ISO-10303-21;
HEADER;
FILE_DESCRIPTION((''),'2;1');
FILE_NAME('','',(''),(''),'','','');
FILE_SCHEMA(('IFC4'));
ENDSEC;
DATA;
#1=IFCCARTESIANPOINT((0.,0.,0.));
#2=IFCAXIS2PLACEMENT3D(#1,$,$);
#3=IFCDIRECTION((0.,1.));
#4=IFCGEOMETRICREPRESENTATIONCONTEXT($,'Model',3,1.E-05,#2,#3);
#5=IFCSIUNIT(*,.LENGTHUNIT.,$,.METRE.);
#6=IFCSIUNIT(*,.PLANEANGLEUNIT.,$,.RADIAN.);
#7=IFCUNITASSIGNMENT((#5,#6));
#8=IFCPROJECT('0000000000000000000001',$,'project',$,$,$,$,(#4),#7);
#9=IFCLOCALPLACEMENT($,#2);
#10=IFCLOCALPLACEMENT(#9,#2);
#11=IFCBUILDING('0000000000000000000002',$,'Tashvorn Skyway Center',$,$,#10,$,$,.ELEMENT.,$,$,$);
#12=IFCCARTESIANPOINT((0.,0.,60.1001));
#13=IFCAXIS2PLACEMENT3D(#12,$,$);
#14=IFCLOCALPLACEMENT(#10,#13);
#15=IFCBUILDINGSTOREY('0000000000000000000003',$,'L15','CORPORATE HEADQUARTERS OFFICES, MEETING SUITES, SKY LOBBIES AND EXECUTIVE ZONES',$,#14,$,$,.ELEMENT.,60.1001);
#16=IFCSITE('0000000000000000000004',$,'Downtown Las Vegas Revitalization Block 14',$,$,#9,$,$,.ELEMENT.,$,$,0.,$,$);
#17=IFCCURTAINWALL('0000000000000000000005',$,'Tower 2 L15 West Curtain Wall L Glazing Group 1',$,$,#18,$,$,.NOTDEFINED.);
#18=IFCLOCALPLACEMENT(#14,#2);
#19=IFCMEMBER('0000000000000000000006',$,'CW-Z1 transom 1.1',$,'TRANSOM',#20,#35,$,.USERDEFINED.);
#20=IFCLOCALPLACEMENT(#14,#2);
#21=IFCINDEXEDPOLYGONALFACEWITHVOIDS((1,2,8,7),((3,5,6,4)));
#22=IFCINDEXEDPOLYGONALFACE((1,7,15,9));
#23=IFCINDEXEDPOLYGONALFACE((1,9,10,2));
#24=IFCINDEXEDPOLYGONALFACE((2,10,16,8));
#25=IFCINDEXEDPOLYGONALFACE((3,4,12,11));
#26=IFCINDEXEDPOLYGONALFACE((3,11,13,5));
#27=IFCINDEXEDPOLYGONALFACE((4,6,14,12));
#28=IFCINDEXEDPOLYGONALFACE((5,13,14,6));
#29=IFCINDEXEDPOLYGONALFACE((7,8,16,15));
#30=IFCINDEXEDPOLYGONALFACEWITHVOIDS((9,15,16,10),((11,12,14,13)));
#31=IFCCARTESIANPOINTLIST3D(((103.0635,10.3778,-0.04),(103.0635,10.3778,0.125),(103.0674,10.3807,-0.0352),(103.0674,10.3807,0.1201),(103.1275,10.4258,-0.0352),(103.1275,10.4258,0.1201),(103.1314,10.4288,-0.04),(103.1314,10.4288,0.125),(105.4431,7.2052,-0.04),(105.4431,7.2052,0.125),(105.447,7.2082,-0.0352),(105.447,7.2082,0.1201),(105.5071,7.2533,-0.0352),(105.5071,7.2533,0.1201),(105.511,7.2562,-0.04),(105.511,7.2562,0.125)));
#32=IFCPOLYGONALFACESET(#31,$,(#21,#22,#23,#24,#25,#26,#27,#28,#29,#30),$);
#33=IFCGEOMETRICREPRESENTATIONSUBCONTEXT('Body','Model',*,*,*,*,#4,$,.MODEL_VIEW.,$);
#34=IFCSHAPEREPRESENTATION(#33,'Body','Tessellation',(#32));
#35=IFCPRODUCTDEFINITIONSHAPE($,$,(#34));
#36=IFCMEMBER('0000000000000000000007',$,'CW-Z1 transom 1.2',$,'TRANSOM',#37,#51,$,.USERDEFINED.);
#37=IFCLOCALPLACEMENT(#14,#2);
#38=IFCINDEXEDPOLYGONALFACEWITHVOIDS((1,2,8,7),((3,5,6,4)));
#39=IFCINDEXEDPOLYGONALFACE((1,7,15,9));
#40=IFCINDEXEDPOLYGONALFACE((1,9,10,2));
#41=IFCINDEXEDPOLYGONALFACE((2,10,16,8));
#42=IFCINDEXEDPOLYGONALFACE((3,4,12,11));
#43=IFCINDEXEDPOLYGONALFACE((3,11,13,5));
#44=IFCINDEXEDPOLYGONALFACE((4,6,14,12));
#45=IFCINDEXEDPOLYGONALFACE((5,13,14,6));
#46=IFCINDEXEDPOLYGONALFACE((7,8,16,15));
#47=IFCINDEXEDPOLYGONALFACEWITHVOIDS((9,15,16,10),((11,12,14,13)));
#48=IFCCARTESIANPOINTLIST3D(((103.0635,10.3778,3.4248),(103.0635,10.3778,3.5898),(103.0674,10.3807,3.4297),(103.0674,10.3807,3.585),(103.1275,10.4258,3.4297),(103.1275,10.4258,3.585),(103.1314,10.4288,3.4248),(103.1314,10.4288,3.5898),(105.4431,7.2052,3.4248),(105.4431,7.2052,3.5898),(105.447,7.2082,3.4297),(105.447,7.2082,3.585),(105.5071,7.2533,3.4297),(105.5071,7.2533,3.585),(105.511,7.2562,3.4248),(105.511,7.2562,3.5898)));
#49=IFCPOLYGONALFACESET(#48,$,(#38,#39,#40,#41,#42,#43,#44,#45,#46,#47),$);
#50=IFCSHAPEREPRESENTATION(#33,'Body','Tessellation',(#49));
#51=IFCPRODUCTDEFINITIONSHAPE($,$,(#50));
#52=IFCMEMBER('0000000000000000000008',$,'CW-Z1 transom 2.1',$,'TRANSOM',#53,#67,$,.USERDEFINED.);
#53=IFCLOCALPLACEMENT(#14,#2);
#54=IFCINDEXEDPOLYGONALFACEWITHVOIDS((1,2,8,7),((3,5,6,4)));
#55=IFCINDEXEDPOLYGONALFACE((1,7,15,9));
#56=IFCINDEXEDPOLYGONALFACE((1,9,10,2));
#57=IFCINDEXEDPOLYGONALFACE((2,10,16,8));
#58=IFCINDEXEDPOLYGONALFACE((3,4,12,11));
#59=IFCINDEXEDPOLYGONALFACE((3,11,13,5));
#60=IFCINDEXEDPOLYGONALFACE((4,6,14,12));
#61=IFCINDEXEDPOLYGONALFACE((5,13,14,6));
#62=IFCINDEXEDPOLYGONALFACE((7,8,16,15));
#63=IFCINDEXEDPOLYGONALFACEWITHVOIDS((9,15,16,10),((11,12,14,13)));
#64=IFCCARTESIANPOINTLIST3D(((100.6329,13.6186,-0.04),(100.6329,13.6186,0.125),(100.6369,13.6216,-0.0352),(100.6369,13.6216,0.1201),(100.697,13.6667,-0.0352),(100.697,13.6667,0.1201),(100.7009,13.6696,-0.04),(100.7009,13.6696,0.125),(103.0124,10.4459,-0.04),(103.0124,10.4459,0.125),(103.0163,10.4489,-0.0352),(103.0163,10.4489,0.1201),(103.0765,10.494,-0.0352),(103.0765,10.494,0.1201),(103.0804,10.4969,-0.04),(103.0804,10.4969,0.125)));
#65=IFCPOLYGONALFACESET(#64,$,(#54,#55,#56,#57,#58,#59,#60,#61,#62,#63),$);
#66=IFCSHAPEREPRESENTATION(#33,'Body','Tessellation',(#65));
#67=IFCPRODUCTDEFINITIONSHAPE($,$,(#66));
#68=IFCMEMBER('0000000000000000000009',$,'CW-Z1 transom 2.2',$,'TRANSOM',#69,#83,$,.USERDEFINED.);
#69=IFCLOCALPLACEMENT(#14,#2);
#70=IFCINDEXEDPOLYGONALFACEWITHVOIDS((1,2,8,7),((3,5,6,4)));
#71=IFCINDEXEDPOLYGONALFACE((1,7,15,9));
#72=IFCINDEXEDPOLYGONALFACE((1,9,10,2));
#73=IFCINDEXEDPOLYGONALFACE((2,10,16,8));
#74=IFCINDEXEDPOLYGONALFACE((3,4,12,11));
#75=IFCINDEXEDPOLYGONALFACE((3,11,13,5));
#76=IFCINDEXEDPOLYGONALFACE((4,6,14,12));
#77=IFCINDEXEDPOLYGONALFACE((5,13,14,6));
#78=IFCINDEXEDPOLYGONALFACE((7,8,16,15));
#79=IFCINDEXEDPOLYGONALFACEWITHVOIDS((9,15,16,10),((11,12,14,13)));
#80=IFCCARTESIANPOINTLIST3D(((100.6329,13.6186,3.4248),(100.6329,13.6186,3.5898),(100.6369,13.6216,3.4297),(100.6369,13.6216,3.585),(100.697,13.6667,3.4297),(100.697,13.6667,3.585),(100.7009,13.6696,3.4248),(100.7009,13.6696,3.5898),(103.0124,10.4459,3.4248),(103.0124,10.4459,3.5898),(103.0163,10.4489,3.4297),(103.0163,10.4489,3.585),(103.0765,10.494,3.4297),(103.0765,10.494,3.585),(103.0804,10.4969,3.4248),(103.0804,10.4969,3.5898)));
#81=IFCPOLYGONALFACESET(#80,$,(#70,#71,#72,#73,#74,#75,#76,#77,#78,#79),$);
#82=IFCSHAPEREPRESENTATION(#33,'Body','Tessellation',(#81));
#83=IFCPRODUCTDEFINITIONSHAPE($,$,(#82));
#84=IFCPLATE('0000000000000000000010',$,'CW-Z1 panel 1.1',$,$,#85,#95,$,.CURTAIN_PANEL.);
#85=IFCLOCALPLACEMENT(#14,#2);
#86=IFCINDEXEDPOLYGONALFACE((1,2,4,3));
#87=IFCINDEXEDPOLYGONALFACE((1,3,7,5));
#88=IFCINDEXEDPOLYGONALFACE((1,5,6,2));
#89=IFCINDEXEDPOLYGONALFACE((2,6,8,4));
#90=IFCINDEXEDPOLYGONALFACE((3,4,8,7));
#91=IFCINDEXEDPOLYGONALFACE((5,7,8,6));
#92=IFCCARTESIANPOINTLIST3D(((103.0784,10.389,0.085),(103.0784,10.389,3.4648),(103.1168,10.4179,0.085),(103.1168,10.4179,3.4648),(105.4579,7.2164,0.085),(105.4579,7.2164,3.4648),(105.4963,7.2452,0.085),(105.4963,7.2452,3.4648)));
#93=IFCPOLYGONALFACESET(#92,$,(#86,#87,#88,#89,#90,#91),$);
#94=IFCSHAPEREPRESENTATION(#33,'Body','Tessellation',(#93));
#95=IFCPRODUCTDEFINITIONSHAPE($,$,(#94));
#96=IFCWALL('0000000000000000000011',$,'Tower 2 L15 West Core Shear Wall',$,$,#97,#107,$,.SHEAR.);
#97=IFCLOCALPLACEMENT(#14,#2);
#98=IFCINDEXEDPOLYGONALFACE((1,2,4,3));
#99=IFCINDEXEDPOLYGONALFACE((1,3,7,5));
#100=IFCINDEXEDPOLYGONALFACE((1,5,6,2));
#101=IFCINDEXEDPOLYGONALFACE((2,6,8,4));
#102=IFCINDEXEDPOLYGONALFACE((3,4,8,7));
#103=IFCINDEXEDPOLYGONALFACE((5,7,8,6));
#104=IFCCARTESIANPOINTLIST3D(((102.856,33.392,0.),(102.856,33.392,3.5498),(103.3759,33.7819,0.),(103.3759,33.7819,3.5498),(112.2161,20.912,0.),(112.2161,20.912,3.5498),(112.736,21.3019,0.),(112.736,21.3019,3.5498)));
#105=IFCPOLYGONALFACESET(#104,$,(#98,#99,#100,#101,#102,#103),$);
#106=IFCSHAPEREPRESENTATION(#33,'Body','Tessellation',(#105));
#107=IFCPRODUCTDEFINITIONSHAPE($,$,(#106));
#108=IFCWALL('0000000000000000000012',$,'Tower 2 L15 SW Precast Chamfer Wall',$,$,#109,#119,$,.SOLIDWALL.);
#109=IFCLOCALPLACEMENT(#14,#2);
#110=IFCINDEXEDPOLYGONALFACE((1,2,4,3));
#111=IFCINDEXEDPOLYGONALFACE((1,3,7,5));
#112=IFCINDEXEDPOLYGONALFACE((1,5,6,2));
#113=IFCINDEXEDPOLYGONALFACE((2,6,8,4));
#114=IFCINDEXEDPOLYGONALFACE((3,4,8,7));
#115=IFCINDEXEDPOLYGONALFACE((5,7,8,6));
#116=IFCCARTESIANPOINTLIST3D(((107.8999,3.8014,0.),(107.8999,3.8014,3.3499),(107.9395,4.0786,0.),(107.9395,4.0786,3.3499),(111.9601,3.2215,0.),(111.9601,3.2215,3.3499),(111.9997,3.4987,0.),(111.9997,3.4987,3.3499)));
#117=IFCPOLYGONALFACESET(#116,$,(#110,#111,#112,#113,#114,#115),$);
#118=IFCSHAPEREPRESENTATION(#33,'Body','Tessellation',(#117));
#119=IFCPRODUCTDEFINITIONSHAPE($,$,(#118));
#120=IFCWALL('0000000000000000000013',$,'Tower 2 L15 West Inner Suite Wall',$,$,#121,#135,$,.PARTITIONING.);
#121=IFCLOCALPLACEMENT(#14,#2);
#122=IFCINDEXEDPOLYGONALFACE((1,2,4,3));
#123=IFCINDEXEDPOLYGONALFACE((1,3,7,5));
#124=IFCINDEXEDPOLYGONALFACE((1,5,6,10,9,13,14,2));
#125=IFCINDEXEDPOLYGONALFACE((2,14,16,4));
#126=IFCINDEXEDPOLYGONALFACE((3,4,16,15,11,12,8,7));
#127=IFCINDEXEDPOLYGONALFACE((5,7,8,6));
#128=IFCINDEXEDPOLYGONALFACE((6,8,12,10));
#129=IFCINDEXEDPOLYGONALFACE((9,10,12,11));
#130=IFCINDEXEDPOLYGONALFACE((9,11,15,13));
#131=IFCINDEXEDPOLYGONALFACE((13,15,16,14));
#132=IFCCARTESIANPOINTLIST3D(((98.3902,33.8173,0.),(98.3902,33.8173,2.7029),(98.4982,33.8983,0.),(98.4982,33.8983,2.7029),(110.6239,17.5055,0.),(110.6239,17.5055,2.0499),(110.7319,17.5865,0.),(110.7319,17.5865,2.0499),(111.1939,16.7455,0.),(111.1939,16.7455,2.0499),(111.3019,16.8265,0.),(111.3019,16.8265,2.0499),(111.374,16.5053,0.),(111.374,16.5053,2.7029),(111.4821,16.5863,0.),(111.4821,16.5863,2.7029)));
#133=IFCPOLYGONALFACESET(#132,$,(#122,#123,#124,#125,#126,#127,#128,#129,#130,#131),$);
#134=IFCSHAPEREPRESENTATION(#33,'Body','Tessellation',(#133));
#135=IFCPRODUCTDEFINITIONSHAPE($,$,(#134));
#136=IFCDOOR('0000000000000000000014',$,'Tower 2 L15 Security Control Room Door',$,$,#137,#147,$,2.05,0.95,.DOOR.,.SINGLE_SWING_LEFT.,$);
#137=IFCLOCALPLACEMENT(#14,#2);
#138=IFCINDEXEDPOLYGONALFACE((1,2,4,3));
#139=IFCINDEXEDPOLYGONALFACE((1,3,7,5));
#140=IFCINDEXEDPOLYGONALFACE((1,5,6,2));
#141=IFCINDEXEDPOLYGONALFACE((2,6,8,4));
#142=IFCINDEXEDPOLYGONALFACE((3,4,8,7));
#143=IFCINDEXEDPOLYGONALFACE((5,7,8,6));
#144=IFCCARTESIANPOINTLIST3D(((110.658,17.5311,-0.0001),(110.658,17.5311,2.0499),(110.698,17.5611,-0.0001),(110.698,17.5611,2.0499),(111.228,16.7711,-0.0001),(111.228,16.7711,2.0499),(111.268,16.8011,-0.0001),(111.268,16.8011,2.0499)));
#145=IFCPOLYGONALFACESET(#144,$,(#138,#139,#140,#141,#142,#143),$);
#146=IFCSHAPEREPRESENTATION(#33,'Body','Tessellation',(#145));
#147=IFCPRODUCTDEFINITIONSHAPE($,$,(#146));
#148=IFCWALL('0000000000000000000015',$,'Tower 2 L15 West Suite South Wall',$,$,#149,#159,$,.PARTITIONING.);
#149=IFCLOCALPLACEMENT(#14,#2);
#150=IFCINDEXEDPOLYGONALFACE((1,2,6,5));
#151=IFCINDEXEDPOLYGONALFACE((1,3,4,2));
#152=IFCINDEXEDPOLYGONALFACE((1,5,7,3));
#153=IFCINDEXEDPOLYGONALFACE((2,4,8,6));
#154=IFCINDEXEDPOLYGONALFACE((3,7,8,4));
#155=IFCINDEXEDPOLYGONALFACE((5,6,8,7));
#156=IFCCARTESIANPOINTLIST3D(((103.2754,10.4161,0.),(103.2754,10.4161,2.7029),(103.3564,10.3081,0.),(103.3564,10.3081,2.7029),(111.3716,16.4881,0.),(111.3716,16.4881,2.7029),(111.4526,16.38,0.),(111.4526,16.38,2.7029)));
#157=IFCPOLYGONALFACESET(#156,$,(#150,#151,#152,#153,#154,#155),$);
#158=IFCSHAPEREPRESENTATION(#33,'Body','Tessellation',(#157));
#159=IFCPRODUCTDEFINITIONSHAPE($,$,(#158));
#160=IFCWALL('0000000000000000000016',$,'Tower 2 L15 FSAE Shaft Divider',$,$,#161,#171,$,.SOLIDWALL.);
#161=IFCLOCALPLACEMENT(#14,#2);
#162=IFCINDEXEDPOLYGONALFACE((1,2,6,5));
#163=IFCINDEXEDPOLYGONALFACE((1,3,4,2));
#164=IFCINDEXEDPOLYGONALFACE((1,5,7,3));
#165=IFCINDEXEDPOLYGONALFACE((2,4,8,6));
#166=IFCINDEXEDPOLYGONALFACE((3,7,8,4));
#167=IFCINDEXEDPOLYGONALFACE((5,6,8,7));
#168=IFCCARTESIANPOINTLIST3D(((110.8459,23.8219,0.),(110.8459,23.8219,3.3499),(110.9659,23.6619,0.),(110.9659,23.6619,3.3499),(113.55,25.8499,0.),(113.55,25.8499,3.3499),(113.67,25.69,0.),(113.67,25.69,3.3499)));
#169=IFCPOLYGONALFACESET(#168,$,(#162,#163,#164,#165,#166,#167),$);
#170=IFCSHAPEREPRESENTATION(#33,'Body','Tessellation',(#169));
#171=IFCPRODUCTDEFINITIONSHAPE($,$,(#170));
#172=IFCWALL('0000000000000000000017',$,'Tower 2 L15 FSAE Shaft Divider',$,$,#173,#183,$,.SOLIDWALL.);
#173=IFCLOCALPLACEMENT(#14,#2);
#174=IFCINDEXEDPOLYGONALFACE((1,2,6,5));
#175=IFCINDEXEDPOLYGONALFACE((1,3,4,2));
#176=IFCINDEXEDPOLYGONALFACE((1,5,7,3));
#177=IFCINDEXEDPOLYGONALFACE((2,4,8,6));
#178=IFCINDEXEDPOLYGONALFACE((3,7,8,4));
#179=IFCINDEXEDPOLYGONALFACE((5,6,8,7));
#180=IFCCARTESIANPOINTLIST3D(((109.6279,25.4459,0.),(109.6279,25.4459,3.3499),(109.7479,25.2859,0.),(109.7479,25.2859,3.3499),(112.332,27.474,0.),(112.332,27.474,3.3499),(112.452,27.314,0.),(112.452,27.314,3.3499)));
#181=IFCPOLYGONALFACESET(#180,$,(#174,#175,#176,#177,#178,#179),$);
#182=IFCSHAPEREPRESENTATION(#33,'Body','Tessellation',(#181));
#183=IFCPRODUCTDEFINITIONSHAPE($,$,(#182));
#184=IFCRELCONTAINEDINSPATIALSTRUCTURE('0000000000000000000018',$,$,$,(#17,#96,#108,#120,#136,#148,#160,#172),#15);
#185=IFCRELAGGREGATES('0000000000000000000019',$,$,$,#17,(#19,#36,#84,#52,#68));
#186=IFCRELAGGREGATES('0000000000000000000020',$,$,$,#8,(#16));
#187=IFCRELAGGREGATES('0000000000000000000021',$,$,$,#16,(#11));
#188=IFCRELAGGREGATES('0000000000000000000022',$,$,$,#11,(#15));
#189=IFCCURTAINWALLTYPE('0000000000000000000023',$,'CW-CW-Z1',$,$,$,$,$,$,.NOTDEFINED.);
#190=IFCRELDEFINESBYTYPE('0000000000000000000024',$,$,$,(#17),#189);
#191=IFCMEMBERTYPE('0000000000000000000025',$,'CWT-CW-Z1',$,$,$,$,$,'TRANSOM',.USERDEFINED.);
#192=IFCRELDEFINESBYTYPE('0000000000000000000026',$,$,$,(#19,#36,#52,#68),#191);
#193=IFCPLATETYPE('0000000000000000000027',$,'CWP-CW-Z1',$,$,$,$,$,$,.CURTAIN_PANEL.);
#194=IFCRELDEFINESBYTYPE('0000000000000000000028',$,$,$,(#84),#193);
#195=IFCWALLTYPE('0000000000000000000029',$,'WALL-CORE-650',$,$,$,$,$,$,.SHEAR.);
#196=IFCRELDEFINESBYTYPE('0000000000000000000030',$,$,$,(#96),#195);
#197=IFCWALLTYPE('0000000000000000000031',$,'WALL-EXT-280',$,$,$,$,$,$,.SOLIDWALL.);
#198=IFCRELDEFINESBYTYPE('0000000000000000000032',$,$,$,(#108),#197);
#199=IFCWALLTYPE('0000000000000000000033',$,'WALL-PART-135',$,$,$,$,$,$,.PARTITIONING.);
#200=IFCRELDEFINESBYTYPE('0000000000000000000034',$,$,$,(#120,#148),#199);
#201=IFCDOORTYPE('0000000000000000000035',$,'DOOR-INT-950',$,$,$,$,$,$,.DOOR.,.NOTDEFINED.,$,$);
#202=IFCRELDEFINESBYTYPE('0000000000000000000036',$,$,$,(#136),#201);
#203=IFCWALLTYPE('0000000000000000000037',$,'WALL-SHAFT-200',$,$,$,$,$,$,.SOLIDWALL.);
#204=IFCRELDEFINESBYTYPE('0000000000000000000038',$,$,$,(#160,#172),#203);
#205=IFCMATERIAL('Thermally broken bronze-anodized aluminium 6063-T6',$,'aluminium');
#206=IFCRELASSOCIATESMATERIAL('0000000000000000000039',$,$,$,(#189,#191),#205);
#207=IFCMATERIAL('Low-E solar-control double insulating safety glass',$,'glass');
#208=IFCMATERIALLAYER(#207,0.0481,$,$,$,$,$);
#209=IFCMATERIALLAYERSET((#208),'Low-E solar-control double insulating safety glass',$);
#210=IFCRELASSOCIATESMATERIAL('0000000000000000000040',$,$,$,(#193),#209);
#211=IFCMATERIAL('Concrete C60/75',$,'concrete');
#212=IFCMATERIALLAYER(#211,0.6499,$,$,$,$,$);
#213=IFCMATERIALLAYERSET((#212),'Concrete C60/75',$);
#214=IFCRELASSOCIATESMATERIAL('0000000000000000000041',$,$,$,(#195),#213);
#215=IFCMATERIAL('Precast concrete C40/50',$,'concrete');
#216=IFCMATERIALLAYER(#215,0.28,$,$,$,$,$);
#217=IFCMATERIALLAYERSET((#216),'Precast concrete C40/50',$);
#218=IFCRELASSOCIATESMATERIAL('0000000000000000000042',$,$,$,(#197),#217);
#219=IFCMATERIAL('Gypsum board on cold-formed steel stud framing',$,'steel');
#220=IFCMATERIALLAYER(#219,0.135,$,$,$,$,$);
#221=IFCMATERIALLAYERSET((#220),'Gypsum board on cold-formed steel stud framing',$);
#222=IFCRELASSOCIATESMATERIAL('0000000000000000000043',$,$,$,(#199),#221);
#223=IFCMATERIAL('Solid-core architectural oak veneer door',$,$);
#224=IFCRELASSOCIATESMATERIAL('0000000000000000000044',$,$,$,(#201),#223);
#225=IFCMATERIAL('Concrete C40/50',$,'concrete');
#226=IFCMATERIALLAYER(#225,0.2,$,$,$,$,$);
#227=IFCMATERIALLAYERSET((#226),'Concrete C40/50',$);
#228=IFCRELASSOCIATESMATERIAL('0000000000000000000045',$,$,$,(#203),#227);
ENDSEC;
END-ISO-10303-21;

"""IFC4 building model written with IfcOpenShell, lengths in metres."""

from ifc_helpers import new_model, si_unit, direction, frame, frame_2d, origin, origin_2d, place, context, subcontext, project, spatial, rectangle, hollow_rectangle, extrude, material, layer, layer_set, material_profile, profile_set, type_object, element, fill, aggregate, save


model = new_model("IFC4")

# Units and contexts
model_context = context("Model", 3, precision=1e-05, world=origin(), true_north=direction((0.0, 1.0)))
body_context = subcontext(model_context, "Body", "Model", "MODEL_VIEW")
ifc_project = project(units=[si_unit("LENGTHUNIT", "METRE"), si_unit("PLANEANGLEUNIT", "RADIAN")], contexts=[model_context])

# Site, building, storey
site_placement = place(None, origin())
site = spatial("IfcSite", under=ifc_project, at=site_placement, Name="Downtown Las Vegas Revitalization Block 14", CompositionType="ELEMENT", RefElevation=0.0)
building_placement = place(site_placement, origin())
building = spatial("IfcBuilding", under=site, at=building_placement, Name="Tashvorn Skyway Center", CompositionType="ELEMENT")
storey_placement = place(building_placement, frame((0.0, 0.0, 60.1001)))
storey = spatial("IfcBuildingStorey", under=building, at=storey_placement, Name="L15", Description="CORPORATE HEADQUARTERS OFFICES, MEETING SUITES, SKY LOBBIES AND EXECUTIVE ZONES", CompositionType="ELEMENT", Elevation=60.1001)

# Shared definitions
ifc_material_1 = material(Name="Concrete C60/75", Category="concrete")

# Curtain wall, members, plate
ifc_material_2 = material(Name="Thermally broken bronze-anodized aluminium 6063-T6", Category="aluminium")
curtain_wall_type = type_object("IfcCurtainWallType", Name="CW-CW-Z1", PredefinedType="NOTDEFINED", material=ifc_material_2)
curtain_wall_placement = place(storey_placement, origin())
curtain_wall = element("IfcCurtainWall", 1, at=curtain_wall_placement, inside=storey, type_object=curtain_wall_type, Name="Tower 2 L15 West Curtain Wall L Glazing Group 1", PredefinedType="NOTDEFINED")
ifc_material_profile_1 = material_profile(ifc_material_2, hollow_rectangle(XDim=0.085, YDim=0.165, WallThickness=0.0049, at=origin_2d()), Name="ALU-TRAN-85x165")
ifc_profile_set_1 = profile_set([ifc_material_profile_1], Name="Thermally broken bronze-anodized aluminium 6063-T6")
member_type_1 = type_object("IfcMemberType", Name="CWT-CW-Z1", ElementType="TRANSOM", PredefinedType="USERDEFINED", material=ifc_profile_set_1)
member_1_placement = place(storey_placement, frame((105.4771, 7.2307, 0.0425), z_axis=(-0.60003, 0.799978, 0.0), x_axis=(-0.799978, -0.60003, 0.0)))
member_1 = element("IfcMember", 2, at=member_1_placement, type_object=member_type_1, Name="CW-Z1 transom 1.1", ObjectType="TRANSOM", PredefinedType="USERDEFINED", context=body_context, shape_type="SweptSolid", body=[
    extrude(hollow_rectangle(XDim=0.085, YDim=0.165, WallThickness=0.0049, at=origin_2d()), origin(), (0.0, 0.0, 1.0), 3.9658),
])
member_2_placement = place(storey_placement, frame((105.4771, 7.2307, 3.5073), z_axis=(-0.60003, 0.799978, 0.0), x_axis=(-0.799978, -0.60003, 0.0)))
member_2 = element("IfcMember", 3, at=member_2_placement, type_object=member_type_1, Name="CW-Z1 transom 1.2", ObjectType="TRANSOM", PredefinedType="USERDEFINED", context=body_context, shape_type="SweptSolid", body=[
    extrude(hollow_rectangle(XDim=0.085, YDim=0.165, WallThickness=0.0049, at=origin_2d()), origin(), (0.0, 0.0, 1.0), 3.9658),
])
member_3_placement = place(storey_placement, frame((103.0464, 10.4714, 0.0425), z_axis=(-0.59999, 0.800007, 0.0), x_axis=(-0.800007, -0.59999, 0.0)))
member_3 = element("IfcMember", 4, at=member_3_placement, type_object=member_type_1, Name="CW-Z1 transom 2.1", ObjectType="TRANSOM", PredefinedType="USERDEFINED", context=body_context, shape_type="SweptSolid", body=[
    extrude(hollow_rectangle(XDim=0.085, YDim=0.165, WallThickness=0.0049, at=origin_2d()), origin(), (0.0, 0.0, 1.0), 3.9658),
])
member_4_placement = place(storey_placement, frame((103.0464, 10.4714, 3.5073), z_axis=(-0.59999, 0.800007, 0.0), x_axis=(-0.800007, -0.59999, 0.0)))
member_4 = element("IfcMember", 5, at=member_4_placement, type_object=member_type_1, Name="CW-Z1 transom 2.2", ObjectType="TRANSOM", PredefinedType="USERDEFINED", context=body_context, shape_type="SweptSolid", body=[
    extrude(hollow_rectangle(XDim=0.085, YDim=0.165, WallThickness=0.0049, at=origin_2d()), origin(), (0.0, 0.0, 1.0), 3.9658),
])
ifc_material_3 = material(Name="Low-E solar-control double insulating safety glass", Category="glass")
ifc_layer_1 = layer(ifc_material_3, 0.0481)
ifc_layer_set_1 = layer_set([ifc_layer_1], Name="Low-E solar-control double insulating safety glass")
plate_type = type_object("IfcPlateType", Name="CWP-CW-Z1", PredefinedType="CURTAIN_PANEL", material=ifc_layer_set_1)
plate_placement = place(storey_placement, frame((104.2874, 8.8171, 0.085), z_axis=(0.0, 0.0, 1.0), x_axis=(-0.600002, 0.799999, 0.0)))
plate = element("IfcPlate", 6, at=plate_placement, type_object=plate_type, Name="CW-Z1 panel 1.1", PredefinedType="CURTAIN_PANEL", context=body_context, shape_type="SweptSolid", body=[
    extrude(rectangle(XDim=3.9658, YDim=0.0481, at=origin_2d()), origin(), (0.0, 0.0, 1.0), 3.3799),
])
aggregate(curtain_wall, [member_1, member_2, plate, member_3, member_4])

# Walls
ifc_layer_2 = layer(ifc_material_1, 0.6499)
ifc_layer_set_2 = layer_set([ifc_layer_2], Name="Concrete C60/75")
wall_type_1 = type_object("IfcWallType", Name="WALL-CORE-650", PredefinedType="SHEAR", material=ifc_layer_set_2)
wall_1_placement = place(storey_placement, frame((112.4761, 21.1069, 0.0), z_axis=(0.0, 0.0, 1.0), x_axis=(-0.600005, 0.799996, 0.0)))
element("IfcWall", 7, at=wall_1_placement, inside=storey, type_object=wall_type_1, Name="Tower 2 L15 West Core Shear Wall", PredefinedType="SHEAR", context=body_context, shape_type="SweptSolid", body=[
    extrude(rectangle(XDim=15.6001, YDim=0.6499, at=frame_2d((7.8, 0.0))), origin(), (0.0, 0.0, 1.0), 3.5498),
])
ifc_material_4 = material(Name="Precast concrete C40/50", Category="concrete")
ifc_layer_3 = layer(ifc_material_4, 0.28)
ifc_layer_set_3 = layer_set([ifc_layer_3], Name="Precast concrete C40/50")
wall_type_2 = type_object("IfcWallType", Name="WALL-EXT-280", PredefinedType="SOLIDWALL", material=ifc_layer_set_3)
wall_2_placement = place(storey_placement, frame((111.98, 3.3601, 0.0), z_axis=(0.0, 0.0, 1.0), x_axis=(-0.989955, 0.14138, 0.0)))
element("IfcWall", 8, at=wall_2_placement, inside=storey, type_object=wall_type_2, Name="Tower 2 L15 SW Precast Chamfer Wall", PredefinedType="SOLIDWALL", context=body_context, shape_type="SweptSolid", body=[
    extrude(rectangle(XDim=4.1013, YDim=0.28, at=frame_2d((2.0508, 0.0))), origin(), (0.0, 0.0, 1.0), 3.3499),
])

# Wall, opening, door
ifc_material_5 = material(Name="Gypsum board on cold-formed steel stud framing", Category="steel")
ifc_layer_4 = layer(ifc_material_5, 0.135)
ifc_layer_set_4 = layer_set([ifc_layer_4], Name="Gypsum board on cold-formed steel stud framing")
wall_type_3 = type_object("IfcWallType", Name="WALL-PART-135", PredefinedType="PARTITIONING", material=ifc_layer_set_4)
wall_3_placement = place(storey_placement, frame((111.428, 16.5459, 0.0), z_axis=(0.0, 0.0, 1.0), x_axis=(-0.599996, 0.800003, 0.0)))
wall_3 = element("IfcWall", 9, at=wall_3_placement, inside=storey, type_object=wall_type_3, Name="Tower 2 L15 West Inner Suite Wall", PredefinedType="PARTITIONING", context=body_context, shape_type="SweptSolid", body=[
    extrude(rectangle(XDim=21.6399, YDim=0.135, at=frame_2d((10.8198, 0.0))), origin(), (0.0, 0.0, 1.0), 2.7029),
])
opening_1_placement = place(wall_3_placement, frame((0.3, 0.0, 0.0)))
opening_1 = element("IfcOpeningElement", 10, at=opening_1_placement, cuts=wall_3, PredefinedType="OPENING", context=body_context, shape_type="SweptSolid", body=[
    extrude(rectangle(XDim=0.95, YDim=2.05, at=frame_2d((0.4751, 1.0249))), frame((0.0, 0.0774, 0.0), z_axis=(0.0, -1.0, 0.0), x_axis=(1.0, 0.0, 0.0)), (0.0, 0.0, 1.0), 0.155),
])
ifc_material_6 = material(Name="Solid-core architectural oak veneer door")
door_type_1 = type_object("IfcDoorType", Name="DOOR-INT-950", OperationType="NOTDEFINED", PredefinedType="DOOR", material=ifc_material_6)
door_1_placement = place(opening_1_placement, origin())
door_1 = element("IfcDoor", 11, at=door_1_placement, inside=storey, type_object=door_type_1, Name="Tower 2 L15 Security Control Room Door", OperationType="SINGLE_SWING_LEFT", OverallHeight=2.05, OverallWidth=0.95, PredefinedType="DOOR", context=body_context, shape_type="SweptSolid", body=[
    extrude(rectangle(XDim=0.95, YDim=2.05, at=frame_2d((0.4751, 1.0249))), frame((0.0, 0.0249, 0.0), z_axis=(0.0, -1.0, 0.0), x_axis=(1.0, 0.0, 0.0)), (0.0, 0.0, 1.0), 0.05),
])
fill(opening_1, door_1)

# Walls
wall_4_placement = place(storey_placement, frame((103.3159, 10.3621, 0.0), z_axis=(0.0, 0.0, 1.0), x_axis=(0.800006, 0.599992, 0.0)))
element("IfcWall", 12, at=wall_4_placement, inside=storey, type_object=wall_type_3, Name="Tower 2 L15 West Suite South Wall", PredefinedType="PARTITIONING", context=body_context, shape_type="SweptSolid", body=[
    extrude(rectangle(XDim=10.1201, YDim=0.135, at=frame_2d((5.0601, 0.0))), origin(), (0.0, 0.0, 1.0), 2.7029),
])
ifc_material_7 = material(Name="Concrete C40/50", Category="concrete")
ifc_layer_5 = layer(ifc_material_7, 0.2)
ifc_layer_set_5 = layer_set([ifc_layer_5], Name="Concrete C40/50")
wall_type_4 = type_object("IfcWallType", Name="WALL-SHAFT-200", PredefinedType="SOLIDWALL", material=ifc_layer_set_5)
for number, where, z_axis, x_axis, name in (
    (13, (110.906, 23.7419, 0.0), (0.0, 0.0, 1.0), (0.8, 0.6, 0.0), "Tower 2 L15 FSAE Shaft Divider"),
    (14, (109.688, 25.366, 0.0), (0.0, 0.0, 1.0), (0.8, 0.6, 0.0), "Tower 2 L15 FSAE Shaft Divider"),
):
    element("IfcWall", number, at=place(storey_placement, frame(where, z_axis=z_axis, x_axis=x_axis)), inside=storey, type_object=wall_type_4, Name=name, PredefinedType="SOLIDWALL", context=body_context, shape_type="SweptSolid", body=[
        extrude(rectangle(XDim=3.3801, YDim=0.2, at=frame_2d((1.6899, 0.0))), origin(), (0.0, 0.0, 1.0), 3.3499),
    ])

save(model, "model.ifc")
